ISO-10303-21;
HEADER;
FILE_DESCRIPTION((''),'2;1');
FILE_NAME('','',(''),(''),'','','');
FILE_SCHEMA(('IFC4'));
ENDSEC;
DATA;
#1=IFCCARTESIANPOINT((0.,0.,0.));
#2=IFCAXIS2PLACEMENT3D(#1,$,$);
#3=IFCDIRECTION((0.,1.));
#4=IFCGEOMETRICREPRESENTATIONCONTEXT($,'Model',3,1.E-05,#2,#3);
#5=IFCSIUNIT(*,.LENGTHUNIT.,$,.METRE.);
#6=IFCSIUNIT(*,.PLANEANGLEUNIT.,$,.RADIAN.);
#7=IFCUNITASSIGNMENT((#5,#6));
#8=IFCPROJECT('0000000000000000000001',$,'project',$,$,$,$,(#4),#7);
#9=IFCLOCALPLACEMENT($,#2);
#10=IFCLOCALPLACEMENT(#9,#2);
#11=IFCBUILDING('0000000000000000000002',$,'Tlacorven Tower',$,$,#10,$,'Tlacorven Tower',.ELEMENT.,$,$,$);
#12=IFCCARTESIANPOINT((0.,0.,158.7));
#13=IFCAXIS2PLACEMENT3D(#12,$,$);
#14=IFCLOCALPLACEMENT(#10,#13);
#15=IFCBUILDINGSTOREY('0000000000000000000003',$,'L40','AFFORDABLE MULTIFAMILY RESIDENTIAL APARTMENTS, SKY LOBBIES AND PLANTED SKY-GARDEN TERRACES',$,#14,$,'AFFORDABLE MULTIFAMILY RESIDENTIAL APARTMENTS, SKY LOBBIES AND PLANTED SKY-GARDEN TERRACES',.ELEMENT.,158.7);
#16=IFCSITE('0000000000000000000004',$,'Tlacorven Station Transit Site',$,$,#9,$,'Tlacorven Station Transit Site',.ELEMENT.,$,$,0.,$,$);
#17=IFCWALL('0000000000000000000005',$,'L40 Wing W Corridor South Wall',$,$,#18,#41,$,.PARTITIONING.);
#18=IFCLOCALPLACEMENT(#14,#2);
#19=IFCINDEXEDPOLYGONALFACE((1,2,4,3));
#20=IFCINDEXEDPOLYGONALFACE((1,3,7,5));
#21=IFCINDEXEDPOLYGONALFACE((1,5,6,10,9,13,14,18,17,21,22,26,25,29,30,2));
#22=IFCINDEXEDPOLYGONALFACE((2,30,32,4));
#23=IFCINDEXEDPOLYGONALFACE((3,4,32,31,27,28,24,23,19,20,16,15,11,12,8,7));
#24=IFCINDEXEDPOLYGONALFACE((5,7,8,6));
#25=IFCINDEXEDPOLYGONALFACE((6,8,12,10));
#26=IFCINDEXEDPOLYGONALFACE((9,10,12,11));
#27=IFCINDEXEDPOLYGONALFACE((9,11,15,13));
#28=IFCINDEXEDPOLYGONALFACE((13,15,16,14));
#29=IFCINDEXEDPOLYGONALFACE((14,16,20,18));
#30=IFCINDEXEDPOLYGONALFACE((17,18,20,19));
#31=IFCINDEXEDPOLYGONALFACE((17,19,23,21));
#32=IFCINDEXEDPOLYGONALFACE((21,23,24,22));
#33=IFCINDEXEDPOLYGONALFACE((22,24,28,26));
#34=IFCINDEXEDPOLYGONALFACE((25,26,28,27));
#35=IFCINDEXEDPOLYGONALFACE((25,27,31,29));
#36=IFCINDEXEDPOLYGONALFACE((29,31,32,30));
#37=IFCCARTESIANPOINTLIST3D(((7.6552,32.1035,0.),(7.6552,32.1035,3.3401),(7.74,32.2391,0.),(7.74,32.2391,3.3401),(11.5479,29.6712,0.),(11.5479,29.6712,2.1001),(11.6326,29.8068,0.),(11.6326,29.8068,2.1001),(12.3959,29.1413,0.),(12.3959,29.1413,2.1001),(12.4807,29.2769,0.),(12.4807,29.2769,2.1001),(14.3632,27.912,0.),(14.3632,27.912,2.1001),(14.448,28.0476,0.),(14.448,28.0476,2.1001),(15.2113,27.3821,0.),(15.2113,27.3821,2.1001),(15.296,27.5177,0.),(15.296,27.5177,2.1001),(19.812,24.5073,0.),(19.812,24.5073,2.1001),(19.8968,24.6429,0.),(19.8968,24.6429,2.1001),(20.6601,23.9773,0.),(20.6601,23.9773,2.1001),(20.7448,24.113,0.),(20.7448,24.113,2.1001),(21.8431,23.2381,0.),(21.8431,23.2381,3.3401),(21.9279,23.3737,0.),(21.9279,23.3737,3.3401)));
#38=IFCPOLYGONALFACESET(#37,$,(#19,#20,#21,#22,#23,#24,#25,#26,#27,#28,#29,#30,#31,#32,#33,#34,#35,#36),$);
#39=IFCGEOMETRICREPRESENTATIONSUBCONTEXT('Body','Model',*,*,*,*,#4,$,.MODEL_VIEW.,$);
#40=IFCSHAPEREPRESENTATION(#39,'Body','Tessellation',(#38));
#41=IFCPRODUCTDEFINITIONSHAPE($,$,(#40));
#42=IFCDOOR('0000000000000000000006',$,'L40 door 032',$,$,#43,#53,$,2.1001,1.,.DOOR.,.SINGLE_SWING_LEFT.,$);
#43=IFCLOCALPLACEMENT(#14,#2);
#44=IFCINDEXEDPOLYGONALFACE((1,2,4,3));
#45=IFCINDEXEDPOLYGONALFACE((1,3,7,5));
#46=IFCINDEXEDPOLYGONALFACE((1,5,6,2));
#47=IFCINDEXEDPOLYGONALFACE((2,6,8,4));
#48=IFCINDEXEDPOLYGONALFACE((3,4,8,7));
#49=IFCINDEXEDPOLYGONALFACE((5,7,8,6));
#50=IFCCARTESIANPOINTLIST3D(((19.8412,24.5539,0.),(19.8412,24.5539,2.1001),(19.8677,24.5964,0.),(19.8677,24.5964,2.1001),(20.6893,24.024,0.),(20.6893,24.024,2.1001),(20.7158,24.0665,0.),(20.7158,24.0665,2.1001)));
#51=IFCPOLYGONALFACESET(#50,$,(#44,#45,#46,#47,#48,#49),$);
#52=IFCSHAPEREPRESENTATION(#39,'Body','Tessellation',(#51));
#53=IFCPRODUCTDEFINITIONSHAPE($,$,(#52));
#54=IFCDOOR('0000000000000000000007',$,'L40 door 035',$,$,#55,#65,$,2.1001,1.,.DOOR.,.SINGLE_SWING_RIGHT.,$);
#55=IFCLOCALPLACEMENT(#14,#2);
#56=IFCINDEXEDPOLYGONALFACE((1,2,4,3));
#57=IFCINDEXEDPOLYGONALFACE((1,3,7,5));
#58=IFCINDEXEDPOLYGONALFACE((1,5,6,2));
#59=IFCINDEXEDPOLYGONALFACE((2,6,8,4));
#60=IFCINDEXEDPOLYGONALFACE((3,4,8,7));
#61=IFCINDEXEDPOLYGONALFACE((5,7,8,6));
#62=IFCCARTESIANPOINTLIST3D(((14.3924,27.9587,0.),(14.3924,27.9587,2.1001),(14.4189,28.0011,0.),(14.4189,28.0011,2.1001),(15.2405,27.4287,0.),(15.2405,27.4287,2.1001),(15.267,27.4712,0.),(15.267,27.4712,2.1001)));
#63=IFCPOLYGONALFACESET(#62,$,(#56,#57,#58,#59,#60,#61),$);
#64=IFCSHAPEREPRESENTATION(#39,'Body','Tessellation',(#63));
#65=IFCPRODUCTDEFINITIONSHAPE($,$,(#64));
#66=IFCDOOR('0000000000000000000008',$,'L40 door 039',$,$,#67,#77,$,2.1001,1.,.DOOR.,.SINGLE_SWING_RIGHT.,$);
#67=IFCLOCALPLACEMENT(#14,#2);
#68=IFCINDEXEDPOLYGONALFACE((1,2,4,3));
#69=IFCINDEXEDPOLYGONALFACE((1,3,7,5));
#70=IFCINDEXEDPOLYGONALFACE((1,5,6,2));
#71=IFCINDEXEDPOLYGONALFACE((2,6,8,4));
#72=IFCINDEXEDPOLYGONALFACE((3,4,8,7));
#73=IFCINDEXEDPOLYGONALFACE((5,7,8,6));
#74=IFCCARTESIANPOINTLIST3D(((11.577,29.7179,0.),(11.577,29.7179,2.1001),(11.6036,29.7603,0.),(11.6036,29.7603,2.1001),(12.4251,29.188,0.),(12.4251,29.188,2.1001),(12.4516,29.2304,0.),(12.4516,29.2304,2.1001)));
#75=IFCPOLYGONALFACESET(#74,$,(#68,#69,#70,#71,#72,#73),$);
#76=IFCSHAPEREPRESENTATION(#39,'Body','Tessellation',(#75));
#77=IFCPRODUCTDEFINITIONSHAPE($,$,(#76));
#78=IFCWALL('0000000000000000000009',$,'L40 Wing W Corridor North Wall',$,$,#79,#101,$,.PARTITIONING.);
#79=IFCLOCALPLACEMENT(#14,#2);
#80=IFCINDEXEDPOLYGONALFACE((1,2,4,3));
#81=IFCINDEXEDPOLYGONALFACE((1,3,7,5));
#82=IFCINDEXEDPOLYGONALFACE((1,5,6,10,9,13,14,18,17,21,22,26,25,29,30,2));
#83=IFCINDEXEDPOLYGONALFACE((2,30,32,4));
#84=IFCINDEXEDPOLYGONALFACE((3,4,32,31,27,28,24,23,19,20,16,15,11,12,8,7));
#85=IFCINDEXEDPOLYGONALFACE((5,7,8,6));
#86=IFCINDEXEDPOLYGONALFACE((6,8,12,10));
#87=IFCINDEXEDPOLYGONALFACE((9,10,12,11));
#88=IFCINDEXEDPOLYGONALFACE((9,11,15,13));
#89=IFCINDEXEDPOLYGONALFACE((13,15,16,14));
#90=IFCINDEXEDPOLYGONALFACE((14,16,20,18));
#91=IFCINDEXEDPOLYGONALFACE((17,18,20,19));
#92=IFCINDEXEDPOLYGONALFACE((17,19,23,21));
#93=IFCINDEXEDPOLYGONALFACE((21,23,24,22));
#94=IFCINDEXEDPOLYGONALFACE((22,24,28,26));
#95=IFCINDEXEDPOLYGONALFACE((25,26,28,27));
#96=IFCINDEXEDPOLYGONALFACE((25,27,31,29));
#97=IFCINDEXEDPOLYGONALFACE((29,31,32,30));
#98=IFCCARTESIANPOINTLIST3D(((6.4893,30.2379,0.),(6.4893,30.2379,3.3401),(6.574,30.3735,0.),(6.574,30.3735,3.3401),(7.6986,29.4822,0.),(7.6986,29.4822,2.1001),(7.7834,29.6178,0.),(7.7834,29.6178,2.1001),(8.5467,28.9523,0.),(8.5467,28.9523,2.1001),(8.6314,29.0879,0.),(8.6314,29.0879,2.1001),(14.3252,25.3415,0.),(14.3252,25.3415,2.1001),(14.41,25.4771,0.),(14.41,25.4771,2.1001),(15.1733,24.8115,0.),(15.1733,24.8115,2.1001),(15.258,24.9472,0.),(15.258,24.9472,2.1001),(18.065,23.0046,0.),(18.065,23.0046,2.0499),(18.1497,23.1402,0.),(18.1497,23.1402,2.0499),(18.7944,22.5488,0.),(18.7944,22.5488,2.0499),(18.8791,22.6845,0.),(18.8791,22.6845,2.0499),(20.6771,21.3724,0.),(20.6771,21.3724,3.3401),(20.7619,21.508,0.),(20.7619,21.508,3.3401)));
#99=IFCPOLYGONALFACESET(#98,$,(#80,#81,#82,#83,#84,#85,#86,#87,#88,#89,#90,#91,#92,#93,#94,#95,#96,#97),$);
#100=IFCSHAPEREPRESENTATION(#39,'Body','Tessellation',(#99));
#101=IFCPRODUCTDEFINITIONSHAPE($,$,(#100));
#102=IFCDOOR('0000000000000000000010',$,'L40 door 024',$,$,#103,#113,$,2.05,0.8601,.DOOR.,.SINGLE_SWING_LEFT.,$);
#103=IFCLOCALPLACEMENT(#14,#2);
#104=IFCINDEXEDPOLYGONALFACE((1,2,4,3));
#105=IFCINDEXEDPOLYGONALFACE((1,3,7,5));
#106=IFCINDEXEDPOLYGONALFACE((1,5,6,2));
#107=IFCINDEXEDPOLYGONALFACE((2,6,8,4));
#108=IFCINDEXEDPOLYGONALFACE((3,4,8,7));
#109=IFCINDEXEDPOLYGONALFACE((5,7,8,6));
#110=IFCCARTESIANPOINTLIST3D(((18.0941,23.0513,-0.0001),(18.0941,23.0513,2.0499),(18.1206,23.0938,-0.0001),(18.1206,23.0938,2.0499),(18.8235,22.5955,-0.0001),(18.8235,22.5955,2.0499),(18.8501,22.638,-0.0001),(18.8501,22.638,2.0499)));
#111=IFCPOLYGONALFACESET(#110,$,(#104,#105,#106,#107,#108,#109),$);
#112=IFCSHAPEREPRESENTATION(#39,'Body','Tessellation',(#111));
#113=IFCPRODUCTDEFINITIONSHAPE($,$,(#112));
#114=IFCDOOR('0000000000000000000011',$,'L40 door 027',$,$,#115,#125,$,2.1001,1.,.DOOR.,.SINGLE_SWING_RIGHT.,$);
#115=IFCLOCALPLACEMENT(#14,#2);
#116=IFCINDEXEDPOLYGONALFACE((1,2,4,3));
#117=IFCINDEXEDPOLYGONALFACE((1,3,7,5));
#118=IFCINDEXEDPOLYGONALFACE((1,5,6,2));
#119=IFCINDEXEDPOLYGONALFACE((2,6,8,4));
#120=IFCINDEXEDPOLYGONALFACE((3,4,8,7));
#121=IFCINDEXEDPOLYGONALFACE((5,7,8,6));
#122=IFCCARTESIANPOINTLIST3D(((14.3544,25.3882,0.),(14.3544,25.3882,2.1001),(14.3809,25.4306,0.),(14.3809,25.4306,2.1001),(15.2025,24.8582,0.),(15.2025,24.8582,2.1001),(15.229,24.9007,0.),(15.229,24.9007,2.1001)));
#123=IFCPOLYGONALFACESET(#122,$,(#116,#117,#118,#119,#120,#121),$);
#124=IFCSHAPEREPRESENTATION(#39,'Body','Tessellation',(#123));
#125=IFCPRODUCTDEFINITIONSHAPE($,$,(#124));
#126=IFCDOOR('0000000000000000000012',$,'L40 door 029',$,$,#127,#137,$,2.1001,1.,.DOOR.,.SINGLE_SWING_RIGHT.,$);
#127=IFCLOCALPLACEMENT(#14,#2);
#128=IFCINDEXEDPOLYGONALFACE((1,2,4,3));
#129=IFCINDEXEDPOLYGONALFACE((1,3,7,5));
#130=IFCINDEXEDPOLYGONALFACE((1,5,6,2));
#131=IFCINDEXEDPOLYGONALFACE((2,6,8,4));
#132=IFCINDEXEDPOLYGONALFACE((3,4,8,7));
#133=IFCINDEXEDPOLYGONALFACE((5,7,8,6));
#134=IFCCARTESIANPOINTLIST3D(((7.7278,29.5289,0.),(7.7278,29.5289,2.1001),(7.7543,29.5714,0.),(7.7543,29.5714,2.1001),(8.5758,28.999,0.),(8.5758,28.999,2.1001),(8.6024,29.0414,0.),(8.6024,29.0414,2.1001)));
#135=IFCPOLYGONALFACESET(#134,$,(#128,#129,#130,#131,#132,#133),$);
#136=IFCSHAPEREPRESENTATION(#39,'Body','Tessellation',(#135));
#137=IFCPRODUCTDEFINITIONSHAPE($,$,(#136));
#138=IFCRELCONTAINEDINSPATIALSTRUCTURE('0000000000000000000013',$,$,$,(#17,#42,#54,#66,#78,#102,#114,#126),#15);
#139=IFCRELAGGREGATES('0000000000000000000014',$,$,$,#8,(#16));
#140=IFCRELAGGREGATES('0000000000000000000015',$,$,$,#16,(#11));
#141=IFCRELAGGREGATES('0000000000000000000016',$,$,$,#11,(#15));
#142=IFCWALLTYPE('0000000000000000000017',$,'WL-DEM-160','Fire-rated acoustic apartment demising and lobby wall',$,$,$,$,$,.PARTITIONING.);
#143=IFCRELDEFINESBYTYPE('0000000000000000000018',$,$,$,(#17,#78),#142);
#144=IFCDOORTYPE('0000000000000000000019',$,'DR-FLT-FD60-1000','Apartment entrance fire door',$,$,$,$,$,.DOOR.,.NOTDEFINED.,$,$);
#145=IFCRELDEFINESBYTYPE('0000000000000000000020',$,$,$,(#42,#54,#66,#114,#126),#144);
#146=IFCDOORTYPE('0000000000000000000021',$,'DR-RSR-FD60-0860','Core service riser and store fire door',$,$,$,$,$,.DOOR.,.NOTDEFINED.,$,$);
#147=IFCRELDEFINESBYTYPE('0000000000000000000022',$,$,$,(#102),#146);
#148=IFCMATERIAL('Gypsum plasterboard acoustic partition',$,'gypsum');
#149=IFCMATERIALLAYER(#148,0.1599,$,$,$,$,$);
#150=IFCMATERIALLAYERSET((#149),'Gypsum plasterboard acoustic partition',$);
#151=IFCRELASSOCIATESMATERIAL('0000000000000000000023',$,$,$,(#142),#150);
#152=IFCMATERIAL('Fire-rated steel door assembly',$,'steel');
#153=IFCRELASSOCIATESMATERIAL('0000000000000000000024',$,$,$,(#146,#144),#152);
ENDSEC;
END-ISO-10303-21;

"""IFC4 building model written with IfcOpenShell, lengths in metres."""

from ifc_helpers import new_model, si_unit, direction, frame, frame_2d, origin, place, context, subcontext, project, spatial, rectangle, extrude, source, transform, mapped, material, layer, layer_set, type_object, element, fill, save


model = new_model("IFC4")

# Units and contexts
model_context = context("Model", 3, precision=1e-05, world=origin(), true_north=direction((0.0, 1.0)))
body_context = subcontext(model_context, "Body", "Model", "MODEL_VIEW")
ifc_project = project(units=[si_unit("LENGTHUNIT", "METRE"), si_unit("PLANEANGLEUNIT", "RADIAN")], contexts=[model_context])

# Site, building, storey
site_placement = place(None, origin())
site = spatial("IfcSite", under=ifc_project, at=site_placement, Name="Tlacorven Station Transit Site", LongName="Tlacorven Station Transit Site", CompositionType="ELEMENT", RefElevation=0.0)
building_placement = place(site_placement, origin())
building = spatial("IfcBuilding", under=site, at=building_placement, Name="Tlacorven Tower", LongName="Tlacorven Tower", CompositionType="ELEMENT")
storey_placement = place(building_placement, frame((0.0, 0.0, 158.7)))
storey = spatial("IfcBuildingStorey", under=building, at=storey_placement, Name="L40", Description="AFFORDABLE MULTIFAMILY RESIDENTIAL APARTMENTS, SKY LOBBIES AND PLANTED SKY-GARDEN TERRACES", LongName="AFFORDABLE MULTIFAMILY RESIDENTIAL APARTMENTS, SKY LOBBIES AND PLANTED SKY-GARDEN TERRACES", CompositionType="ELEMENT", Elevation=158.7)

# Shared definitions
ifc_material_1 = material(Name="Gypsum plasterboard acoustic partition", Category="gypsum")
ifc_layer_1 = layer(ifc_material_1, 0.1599)
ifc_layer_set_1 = layer_set([ifc_layer_1], Name="Gypsum plasterboard acoustic partition")
wall_type_1 = type_object("IfcWallType", Name="WL-DEM-160", Description="Fire-rated acoustic apartment demising and lobby wall", PredefinedType="PARTITIONING", material=ifc_layer_set_1)
ifc_material_2 = material(Name="Fire-rated steel door assembly", Category="steel")
door_type_1 = type_object("IfcDoorType", Name="DR-RSR-FD60-0860", Description="Core service riser and store fire door", OperationType="NOTDEFINED", PredefinedType="DOOR", material=ifc_material_2)
shared_shape_1 = source(origin(), body_context, "Body", "SweptSolid", [
    extrude(rectangle(XDim=0.8601, YDim=2.05, at=frame_2d((0.4302, 1.0249))), frame((0.0, 0.0249, 0.0), z_axis=(0.0, -1.0, 0.0), x_axis=(1.0, 0.0, 0.0)), (0.0, 0.0, 1.0), 0.05),
])

# Walls, openings, doors
wall_1_placement = place(storey_placement, frame((21.8855, 23.3059, 0.0), z_axis=(0.0, 0.0, 1.0), x_axis=(-0.848052, 0.529912, 0.0)))
wall_1 = element("IfcWall", 1, at=wall_1_placement, inside=storey, type_object=wall_type_1, Name="L40 Wing W Corridor South Wall", PredefinedType="PARTITIONING", context=body_context, shape_type="SweptSolid", body=[
    extrude(rectangle(XDim=16.73, YDim=0.1599, at=frame_2d((8.365, 0.0))), origin(), (0.0, 0.0, 1.0), 3.3401),
])
opening_1_placement = place(wall_1_placement, frame((1.395, 0.0, 0.0)))
opening_1 = element("IfcOpeningElement", 2, at=opening_1_placement, cuts=wall_1, PredefinedType="OPENING", context=body_context, shape_type="SweptSolid", body=[
    extrude(rectangle(XDim=1.0, YDim=2.1001, at=frame_2d((0.5, 1.05))), frame((0.0, 0.0898, 0.0), z_axis=(0.0, -1.0, 0.0), x_axis=(1.0, 0.0, 0.0)), (0.0, 0.0, 1.0), 0.1799),
])
opening_2_placement = place(wall_1_placement, frame((7.8201, 0.0, 0.0)))
opening_2 = element("IfcOpeningElement", 3, at=opening_2_placement, cuts=wall_1, PredefinedType="OPENING", context=body_context, shape_type="SweptSolid", body=[
    extrude(rectangle(XDim=1.0, YDim=2.1001, at=frame_2d((0.5, 1.05))), frame((0.0, 0.0898, 0.0), z_axis=(0.0, -1.0, 0.0), x_axis=(1.0, 0.0, 0.0)), (0.0, 0.0, 1.0), 0.1799),
])
opening_3_placement = place(wall_1_placement, frame((11.1399, 0.0, 0.0)))
opening_3 = element("IfcOpeningElement", 4, at=opening_3_placement, cuts=wall_1, PredefinedType="OPENING", context=body_context, shape_type="SweptSolid", body=[
    extrude(rectangle(XDim=1.0, YDim=2.1001, at=frame_2d((0.5, 1.05))), frame((0.0, 0.0898, 0.0), z_axis=(0.0, -1.0, 0.0), x_axis=(1.0, 0.0, 0.0)), (0.0, 0.0, 1.0), 0.1799),
])
door_type_2 = type_object("IfcDoorType", Name="DR-FLT-FD60-1000", Description="Apartment entrance fire door", OperationType="NOTDEFINED", PredefinedType="DOOR", material=ifc_material_2)
shared_shape_2 = source(origin(), body_context, "Body", "SweptSolid", [
    extrude(rectangle(XDim=1.0, YDim=2.1001, at=frame_2d((0.5, 1.05))), frame((0.0, 0.0249, 0.0), z_axis=(0.0, -1.0, 0.0), x_axis=(1.0, 0.0, 0.0)), (0.0, 0.0, 1.0), 0.05),
])
door_1_placement = place(opening_1_placement, origin())
door_1 = element("IfcDoor", 5, at=door_1_placement, inside=storey, type_object=door_type_2, Name="L40 door 032", OperationType="SINGLE_SWING_LEFT", OverallHeight=2.1001, OverallWidth=1.0, PredefinedType="DOOR", context=body_context, shape_type="MappedRepresentation", body=[
    mapped(shared_shape_2, transform((0.0, 0.0, 0.0), scale=1.0)),
])
fill(opening_1, door_1)
door_2_placement = place(opening_2_placement, origin())
door_2 = element("IfcDoor", 6, at=door_2_placement, inside=storey, type_object=door_type_2, Name="L40 door 035", OperationType="SINGLE_SWING_RIGHT", OverallHeight=2.1001, OverallWidth=1.0, PredefinedType="DOOR", context=body_context, shape_type="MappedRepresentation", body=[
    mapped(shared_shape_2, transform((0.0, 0.0, 0.0), scale=1.0)),
])
fill(opening_2, door_2)
door_3_placement = place(opening_3_placement, origin())
door_3 = element("IfcDoor", 7, at=door_3_placement, inside=storey, type_object=door_type_2, Name="L40 door 039", OperationType="SINGLE_SWING_RIGHT", OverallHeight=2.1001, OverallWidth=1.0, PredefinedType="DOOR", context=body_context, shape_type="MappedRepresentation", body=[
    mapped(shared_shape_2, transform((0.0, 0.0, 0.0), scale=1.0)),
])
fill(opening_3, door_3)
wall_2_placement = place(storey_placement, frame((20.7195, 21.4402, 0.0), z_axis=(0.0, 0.0, 1.0), x_axis=(-0.848048, 0.529919, 0.0)))
wall_2 = element("IfcWall", 8, at=wall_2_placement, inside=storey, type_object=wall_type_1, Name="L40 Wing W Corridor North Wall", PredefinedType="PARTITIONING", context=body_context, shape_type="SweptSolid", body=[
    extrude(rectangle(XDim=16.73, YDim=0.1599, at=frame_2d((8.365, 0.0))), origin(), (0.0, 0.0, 1.0), 3.3401),
])
opening_4_placement = place(wall_2_placement, frame((2.22, 0.0, 0.0)))
opening_4 = element("IfcOpeningElement", 9, at=opening_4_placement, cuts=wall_2, PredefinedType="OPENING", context=body_context, shape_type="SweptSolid", body=[
    extrude(rectangle(XDim=0.8601, YDim=2.05, at=frame_2d((0.4302, 1.0249))), frame((0.0, 0.0898, 0.0), z_axis=(0.0, -1.0, 0.0), x_axis=(1.0, 0.0, 0.0)), (0.0, 0.0, 1.0), 0.1799),
])
opening_5_placement = place(wall_2_placement, frame((6.49, 0.0, 0.0)))
opening_5 = element("IfcOpeningElement", 10, at=opening_5_placement, cuts=wall_2, PredefinedType="OPENING", context=body_context, shape_type="SweptSolid", body=[
    extrude(rectangle(XDim=1.0, YDim=2.1001, at=frame_2d((0.5, 1.05))), frame((0.0, 0.0898, 0.0), z_axis=(0.0, -1.0, 0.0), x_axis=(1.0, 0.0, 0.0)), (0.0, 0.0, 1.0), 0.1799),
])
opening_6_placement = place(wall_2_placement, frame((14.304, 0.0, 0.0)))
opening_6 = element("IfcOpeningElement", 11, at=opening_6_placement, cuts=wall_2, PredefinedType="OPENING", context=body_context, shape_type="SweptSolid", body=[
    extrude(rectangle(XDim=1.0, YDim=2.1001, at=frame_2d((0.5, 1.05))), frame((0.0, 0.0898, 0.0), z_axis=(0.0, -1.0, 0.0), x_axis=(1.0, 0.0, 0.0)), (0.0, 0.0, 1.0), 0.1799),
])
door_4_placement = place(opening_4_placement, origin())
door_4 = element("IfcDoor", 12, at=door_4_placement, inside=storey, type_object=door_type_1, Name="L40 door 024", OperationType="SINGLE_SWING_LEFT", OverallHeight=2.05, OverallWidth=0.8601, PredefinedType="DOOR", context=body_context, shape_type="MappedRepresentation", body=[
    mapped(shared_shape_1, transform((0.0, 0.0, 0.0), scale=1.0)),
])
fill(opening_4, door_4)
door_5_placement = place(opening_5_placement, origin())
door_5 = element("IfcDoor", 13, at=door_5_placement, inside=storey, type_object=door_type_2, Name="L40 door 027", OperationType="SINGLE_SWING_RIGHT", OverallHeight=2.1001, OverallWidth=1.0, PredefinedType="DOOR", context=body_context, shape_type="MappedRepresentation", body=[
    mapped(shared_shape_2, transform((0.0, 0.0, 0.0), scale=1.0)),
])
fill(opening_5, door_5)
door_6_placement = place(opening_6_placement, origin())
door_6 = element("IfcDoor", 14, at=door_6_placement, inside=storey, type_object=door_type_2, Name="L40 door 029", OperationType="SINGLE_SWING_RIGHT", OverallHeight=2.1001, OverallWidth=1.0, PredefinedType="DOOR", context=body_context, shape_type="MappedRepresentation", body=[
    mapped(shared_shape_2, transform((0.0, 0.0, 0.0), scale=1.0)),
])
fill(opening_6, door_6)

save(model, "model.ifc")
